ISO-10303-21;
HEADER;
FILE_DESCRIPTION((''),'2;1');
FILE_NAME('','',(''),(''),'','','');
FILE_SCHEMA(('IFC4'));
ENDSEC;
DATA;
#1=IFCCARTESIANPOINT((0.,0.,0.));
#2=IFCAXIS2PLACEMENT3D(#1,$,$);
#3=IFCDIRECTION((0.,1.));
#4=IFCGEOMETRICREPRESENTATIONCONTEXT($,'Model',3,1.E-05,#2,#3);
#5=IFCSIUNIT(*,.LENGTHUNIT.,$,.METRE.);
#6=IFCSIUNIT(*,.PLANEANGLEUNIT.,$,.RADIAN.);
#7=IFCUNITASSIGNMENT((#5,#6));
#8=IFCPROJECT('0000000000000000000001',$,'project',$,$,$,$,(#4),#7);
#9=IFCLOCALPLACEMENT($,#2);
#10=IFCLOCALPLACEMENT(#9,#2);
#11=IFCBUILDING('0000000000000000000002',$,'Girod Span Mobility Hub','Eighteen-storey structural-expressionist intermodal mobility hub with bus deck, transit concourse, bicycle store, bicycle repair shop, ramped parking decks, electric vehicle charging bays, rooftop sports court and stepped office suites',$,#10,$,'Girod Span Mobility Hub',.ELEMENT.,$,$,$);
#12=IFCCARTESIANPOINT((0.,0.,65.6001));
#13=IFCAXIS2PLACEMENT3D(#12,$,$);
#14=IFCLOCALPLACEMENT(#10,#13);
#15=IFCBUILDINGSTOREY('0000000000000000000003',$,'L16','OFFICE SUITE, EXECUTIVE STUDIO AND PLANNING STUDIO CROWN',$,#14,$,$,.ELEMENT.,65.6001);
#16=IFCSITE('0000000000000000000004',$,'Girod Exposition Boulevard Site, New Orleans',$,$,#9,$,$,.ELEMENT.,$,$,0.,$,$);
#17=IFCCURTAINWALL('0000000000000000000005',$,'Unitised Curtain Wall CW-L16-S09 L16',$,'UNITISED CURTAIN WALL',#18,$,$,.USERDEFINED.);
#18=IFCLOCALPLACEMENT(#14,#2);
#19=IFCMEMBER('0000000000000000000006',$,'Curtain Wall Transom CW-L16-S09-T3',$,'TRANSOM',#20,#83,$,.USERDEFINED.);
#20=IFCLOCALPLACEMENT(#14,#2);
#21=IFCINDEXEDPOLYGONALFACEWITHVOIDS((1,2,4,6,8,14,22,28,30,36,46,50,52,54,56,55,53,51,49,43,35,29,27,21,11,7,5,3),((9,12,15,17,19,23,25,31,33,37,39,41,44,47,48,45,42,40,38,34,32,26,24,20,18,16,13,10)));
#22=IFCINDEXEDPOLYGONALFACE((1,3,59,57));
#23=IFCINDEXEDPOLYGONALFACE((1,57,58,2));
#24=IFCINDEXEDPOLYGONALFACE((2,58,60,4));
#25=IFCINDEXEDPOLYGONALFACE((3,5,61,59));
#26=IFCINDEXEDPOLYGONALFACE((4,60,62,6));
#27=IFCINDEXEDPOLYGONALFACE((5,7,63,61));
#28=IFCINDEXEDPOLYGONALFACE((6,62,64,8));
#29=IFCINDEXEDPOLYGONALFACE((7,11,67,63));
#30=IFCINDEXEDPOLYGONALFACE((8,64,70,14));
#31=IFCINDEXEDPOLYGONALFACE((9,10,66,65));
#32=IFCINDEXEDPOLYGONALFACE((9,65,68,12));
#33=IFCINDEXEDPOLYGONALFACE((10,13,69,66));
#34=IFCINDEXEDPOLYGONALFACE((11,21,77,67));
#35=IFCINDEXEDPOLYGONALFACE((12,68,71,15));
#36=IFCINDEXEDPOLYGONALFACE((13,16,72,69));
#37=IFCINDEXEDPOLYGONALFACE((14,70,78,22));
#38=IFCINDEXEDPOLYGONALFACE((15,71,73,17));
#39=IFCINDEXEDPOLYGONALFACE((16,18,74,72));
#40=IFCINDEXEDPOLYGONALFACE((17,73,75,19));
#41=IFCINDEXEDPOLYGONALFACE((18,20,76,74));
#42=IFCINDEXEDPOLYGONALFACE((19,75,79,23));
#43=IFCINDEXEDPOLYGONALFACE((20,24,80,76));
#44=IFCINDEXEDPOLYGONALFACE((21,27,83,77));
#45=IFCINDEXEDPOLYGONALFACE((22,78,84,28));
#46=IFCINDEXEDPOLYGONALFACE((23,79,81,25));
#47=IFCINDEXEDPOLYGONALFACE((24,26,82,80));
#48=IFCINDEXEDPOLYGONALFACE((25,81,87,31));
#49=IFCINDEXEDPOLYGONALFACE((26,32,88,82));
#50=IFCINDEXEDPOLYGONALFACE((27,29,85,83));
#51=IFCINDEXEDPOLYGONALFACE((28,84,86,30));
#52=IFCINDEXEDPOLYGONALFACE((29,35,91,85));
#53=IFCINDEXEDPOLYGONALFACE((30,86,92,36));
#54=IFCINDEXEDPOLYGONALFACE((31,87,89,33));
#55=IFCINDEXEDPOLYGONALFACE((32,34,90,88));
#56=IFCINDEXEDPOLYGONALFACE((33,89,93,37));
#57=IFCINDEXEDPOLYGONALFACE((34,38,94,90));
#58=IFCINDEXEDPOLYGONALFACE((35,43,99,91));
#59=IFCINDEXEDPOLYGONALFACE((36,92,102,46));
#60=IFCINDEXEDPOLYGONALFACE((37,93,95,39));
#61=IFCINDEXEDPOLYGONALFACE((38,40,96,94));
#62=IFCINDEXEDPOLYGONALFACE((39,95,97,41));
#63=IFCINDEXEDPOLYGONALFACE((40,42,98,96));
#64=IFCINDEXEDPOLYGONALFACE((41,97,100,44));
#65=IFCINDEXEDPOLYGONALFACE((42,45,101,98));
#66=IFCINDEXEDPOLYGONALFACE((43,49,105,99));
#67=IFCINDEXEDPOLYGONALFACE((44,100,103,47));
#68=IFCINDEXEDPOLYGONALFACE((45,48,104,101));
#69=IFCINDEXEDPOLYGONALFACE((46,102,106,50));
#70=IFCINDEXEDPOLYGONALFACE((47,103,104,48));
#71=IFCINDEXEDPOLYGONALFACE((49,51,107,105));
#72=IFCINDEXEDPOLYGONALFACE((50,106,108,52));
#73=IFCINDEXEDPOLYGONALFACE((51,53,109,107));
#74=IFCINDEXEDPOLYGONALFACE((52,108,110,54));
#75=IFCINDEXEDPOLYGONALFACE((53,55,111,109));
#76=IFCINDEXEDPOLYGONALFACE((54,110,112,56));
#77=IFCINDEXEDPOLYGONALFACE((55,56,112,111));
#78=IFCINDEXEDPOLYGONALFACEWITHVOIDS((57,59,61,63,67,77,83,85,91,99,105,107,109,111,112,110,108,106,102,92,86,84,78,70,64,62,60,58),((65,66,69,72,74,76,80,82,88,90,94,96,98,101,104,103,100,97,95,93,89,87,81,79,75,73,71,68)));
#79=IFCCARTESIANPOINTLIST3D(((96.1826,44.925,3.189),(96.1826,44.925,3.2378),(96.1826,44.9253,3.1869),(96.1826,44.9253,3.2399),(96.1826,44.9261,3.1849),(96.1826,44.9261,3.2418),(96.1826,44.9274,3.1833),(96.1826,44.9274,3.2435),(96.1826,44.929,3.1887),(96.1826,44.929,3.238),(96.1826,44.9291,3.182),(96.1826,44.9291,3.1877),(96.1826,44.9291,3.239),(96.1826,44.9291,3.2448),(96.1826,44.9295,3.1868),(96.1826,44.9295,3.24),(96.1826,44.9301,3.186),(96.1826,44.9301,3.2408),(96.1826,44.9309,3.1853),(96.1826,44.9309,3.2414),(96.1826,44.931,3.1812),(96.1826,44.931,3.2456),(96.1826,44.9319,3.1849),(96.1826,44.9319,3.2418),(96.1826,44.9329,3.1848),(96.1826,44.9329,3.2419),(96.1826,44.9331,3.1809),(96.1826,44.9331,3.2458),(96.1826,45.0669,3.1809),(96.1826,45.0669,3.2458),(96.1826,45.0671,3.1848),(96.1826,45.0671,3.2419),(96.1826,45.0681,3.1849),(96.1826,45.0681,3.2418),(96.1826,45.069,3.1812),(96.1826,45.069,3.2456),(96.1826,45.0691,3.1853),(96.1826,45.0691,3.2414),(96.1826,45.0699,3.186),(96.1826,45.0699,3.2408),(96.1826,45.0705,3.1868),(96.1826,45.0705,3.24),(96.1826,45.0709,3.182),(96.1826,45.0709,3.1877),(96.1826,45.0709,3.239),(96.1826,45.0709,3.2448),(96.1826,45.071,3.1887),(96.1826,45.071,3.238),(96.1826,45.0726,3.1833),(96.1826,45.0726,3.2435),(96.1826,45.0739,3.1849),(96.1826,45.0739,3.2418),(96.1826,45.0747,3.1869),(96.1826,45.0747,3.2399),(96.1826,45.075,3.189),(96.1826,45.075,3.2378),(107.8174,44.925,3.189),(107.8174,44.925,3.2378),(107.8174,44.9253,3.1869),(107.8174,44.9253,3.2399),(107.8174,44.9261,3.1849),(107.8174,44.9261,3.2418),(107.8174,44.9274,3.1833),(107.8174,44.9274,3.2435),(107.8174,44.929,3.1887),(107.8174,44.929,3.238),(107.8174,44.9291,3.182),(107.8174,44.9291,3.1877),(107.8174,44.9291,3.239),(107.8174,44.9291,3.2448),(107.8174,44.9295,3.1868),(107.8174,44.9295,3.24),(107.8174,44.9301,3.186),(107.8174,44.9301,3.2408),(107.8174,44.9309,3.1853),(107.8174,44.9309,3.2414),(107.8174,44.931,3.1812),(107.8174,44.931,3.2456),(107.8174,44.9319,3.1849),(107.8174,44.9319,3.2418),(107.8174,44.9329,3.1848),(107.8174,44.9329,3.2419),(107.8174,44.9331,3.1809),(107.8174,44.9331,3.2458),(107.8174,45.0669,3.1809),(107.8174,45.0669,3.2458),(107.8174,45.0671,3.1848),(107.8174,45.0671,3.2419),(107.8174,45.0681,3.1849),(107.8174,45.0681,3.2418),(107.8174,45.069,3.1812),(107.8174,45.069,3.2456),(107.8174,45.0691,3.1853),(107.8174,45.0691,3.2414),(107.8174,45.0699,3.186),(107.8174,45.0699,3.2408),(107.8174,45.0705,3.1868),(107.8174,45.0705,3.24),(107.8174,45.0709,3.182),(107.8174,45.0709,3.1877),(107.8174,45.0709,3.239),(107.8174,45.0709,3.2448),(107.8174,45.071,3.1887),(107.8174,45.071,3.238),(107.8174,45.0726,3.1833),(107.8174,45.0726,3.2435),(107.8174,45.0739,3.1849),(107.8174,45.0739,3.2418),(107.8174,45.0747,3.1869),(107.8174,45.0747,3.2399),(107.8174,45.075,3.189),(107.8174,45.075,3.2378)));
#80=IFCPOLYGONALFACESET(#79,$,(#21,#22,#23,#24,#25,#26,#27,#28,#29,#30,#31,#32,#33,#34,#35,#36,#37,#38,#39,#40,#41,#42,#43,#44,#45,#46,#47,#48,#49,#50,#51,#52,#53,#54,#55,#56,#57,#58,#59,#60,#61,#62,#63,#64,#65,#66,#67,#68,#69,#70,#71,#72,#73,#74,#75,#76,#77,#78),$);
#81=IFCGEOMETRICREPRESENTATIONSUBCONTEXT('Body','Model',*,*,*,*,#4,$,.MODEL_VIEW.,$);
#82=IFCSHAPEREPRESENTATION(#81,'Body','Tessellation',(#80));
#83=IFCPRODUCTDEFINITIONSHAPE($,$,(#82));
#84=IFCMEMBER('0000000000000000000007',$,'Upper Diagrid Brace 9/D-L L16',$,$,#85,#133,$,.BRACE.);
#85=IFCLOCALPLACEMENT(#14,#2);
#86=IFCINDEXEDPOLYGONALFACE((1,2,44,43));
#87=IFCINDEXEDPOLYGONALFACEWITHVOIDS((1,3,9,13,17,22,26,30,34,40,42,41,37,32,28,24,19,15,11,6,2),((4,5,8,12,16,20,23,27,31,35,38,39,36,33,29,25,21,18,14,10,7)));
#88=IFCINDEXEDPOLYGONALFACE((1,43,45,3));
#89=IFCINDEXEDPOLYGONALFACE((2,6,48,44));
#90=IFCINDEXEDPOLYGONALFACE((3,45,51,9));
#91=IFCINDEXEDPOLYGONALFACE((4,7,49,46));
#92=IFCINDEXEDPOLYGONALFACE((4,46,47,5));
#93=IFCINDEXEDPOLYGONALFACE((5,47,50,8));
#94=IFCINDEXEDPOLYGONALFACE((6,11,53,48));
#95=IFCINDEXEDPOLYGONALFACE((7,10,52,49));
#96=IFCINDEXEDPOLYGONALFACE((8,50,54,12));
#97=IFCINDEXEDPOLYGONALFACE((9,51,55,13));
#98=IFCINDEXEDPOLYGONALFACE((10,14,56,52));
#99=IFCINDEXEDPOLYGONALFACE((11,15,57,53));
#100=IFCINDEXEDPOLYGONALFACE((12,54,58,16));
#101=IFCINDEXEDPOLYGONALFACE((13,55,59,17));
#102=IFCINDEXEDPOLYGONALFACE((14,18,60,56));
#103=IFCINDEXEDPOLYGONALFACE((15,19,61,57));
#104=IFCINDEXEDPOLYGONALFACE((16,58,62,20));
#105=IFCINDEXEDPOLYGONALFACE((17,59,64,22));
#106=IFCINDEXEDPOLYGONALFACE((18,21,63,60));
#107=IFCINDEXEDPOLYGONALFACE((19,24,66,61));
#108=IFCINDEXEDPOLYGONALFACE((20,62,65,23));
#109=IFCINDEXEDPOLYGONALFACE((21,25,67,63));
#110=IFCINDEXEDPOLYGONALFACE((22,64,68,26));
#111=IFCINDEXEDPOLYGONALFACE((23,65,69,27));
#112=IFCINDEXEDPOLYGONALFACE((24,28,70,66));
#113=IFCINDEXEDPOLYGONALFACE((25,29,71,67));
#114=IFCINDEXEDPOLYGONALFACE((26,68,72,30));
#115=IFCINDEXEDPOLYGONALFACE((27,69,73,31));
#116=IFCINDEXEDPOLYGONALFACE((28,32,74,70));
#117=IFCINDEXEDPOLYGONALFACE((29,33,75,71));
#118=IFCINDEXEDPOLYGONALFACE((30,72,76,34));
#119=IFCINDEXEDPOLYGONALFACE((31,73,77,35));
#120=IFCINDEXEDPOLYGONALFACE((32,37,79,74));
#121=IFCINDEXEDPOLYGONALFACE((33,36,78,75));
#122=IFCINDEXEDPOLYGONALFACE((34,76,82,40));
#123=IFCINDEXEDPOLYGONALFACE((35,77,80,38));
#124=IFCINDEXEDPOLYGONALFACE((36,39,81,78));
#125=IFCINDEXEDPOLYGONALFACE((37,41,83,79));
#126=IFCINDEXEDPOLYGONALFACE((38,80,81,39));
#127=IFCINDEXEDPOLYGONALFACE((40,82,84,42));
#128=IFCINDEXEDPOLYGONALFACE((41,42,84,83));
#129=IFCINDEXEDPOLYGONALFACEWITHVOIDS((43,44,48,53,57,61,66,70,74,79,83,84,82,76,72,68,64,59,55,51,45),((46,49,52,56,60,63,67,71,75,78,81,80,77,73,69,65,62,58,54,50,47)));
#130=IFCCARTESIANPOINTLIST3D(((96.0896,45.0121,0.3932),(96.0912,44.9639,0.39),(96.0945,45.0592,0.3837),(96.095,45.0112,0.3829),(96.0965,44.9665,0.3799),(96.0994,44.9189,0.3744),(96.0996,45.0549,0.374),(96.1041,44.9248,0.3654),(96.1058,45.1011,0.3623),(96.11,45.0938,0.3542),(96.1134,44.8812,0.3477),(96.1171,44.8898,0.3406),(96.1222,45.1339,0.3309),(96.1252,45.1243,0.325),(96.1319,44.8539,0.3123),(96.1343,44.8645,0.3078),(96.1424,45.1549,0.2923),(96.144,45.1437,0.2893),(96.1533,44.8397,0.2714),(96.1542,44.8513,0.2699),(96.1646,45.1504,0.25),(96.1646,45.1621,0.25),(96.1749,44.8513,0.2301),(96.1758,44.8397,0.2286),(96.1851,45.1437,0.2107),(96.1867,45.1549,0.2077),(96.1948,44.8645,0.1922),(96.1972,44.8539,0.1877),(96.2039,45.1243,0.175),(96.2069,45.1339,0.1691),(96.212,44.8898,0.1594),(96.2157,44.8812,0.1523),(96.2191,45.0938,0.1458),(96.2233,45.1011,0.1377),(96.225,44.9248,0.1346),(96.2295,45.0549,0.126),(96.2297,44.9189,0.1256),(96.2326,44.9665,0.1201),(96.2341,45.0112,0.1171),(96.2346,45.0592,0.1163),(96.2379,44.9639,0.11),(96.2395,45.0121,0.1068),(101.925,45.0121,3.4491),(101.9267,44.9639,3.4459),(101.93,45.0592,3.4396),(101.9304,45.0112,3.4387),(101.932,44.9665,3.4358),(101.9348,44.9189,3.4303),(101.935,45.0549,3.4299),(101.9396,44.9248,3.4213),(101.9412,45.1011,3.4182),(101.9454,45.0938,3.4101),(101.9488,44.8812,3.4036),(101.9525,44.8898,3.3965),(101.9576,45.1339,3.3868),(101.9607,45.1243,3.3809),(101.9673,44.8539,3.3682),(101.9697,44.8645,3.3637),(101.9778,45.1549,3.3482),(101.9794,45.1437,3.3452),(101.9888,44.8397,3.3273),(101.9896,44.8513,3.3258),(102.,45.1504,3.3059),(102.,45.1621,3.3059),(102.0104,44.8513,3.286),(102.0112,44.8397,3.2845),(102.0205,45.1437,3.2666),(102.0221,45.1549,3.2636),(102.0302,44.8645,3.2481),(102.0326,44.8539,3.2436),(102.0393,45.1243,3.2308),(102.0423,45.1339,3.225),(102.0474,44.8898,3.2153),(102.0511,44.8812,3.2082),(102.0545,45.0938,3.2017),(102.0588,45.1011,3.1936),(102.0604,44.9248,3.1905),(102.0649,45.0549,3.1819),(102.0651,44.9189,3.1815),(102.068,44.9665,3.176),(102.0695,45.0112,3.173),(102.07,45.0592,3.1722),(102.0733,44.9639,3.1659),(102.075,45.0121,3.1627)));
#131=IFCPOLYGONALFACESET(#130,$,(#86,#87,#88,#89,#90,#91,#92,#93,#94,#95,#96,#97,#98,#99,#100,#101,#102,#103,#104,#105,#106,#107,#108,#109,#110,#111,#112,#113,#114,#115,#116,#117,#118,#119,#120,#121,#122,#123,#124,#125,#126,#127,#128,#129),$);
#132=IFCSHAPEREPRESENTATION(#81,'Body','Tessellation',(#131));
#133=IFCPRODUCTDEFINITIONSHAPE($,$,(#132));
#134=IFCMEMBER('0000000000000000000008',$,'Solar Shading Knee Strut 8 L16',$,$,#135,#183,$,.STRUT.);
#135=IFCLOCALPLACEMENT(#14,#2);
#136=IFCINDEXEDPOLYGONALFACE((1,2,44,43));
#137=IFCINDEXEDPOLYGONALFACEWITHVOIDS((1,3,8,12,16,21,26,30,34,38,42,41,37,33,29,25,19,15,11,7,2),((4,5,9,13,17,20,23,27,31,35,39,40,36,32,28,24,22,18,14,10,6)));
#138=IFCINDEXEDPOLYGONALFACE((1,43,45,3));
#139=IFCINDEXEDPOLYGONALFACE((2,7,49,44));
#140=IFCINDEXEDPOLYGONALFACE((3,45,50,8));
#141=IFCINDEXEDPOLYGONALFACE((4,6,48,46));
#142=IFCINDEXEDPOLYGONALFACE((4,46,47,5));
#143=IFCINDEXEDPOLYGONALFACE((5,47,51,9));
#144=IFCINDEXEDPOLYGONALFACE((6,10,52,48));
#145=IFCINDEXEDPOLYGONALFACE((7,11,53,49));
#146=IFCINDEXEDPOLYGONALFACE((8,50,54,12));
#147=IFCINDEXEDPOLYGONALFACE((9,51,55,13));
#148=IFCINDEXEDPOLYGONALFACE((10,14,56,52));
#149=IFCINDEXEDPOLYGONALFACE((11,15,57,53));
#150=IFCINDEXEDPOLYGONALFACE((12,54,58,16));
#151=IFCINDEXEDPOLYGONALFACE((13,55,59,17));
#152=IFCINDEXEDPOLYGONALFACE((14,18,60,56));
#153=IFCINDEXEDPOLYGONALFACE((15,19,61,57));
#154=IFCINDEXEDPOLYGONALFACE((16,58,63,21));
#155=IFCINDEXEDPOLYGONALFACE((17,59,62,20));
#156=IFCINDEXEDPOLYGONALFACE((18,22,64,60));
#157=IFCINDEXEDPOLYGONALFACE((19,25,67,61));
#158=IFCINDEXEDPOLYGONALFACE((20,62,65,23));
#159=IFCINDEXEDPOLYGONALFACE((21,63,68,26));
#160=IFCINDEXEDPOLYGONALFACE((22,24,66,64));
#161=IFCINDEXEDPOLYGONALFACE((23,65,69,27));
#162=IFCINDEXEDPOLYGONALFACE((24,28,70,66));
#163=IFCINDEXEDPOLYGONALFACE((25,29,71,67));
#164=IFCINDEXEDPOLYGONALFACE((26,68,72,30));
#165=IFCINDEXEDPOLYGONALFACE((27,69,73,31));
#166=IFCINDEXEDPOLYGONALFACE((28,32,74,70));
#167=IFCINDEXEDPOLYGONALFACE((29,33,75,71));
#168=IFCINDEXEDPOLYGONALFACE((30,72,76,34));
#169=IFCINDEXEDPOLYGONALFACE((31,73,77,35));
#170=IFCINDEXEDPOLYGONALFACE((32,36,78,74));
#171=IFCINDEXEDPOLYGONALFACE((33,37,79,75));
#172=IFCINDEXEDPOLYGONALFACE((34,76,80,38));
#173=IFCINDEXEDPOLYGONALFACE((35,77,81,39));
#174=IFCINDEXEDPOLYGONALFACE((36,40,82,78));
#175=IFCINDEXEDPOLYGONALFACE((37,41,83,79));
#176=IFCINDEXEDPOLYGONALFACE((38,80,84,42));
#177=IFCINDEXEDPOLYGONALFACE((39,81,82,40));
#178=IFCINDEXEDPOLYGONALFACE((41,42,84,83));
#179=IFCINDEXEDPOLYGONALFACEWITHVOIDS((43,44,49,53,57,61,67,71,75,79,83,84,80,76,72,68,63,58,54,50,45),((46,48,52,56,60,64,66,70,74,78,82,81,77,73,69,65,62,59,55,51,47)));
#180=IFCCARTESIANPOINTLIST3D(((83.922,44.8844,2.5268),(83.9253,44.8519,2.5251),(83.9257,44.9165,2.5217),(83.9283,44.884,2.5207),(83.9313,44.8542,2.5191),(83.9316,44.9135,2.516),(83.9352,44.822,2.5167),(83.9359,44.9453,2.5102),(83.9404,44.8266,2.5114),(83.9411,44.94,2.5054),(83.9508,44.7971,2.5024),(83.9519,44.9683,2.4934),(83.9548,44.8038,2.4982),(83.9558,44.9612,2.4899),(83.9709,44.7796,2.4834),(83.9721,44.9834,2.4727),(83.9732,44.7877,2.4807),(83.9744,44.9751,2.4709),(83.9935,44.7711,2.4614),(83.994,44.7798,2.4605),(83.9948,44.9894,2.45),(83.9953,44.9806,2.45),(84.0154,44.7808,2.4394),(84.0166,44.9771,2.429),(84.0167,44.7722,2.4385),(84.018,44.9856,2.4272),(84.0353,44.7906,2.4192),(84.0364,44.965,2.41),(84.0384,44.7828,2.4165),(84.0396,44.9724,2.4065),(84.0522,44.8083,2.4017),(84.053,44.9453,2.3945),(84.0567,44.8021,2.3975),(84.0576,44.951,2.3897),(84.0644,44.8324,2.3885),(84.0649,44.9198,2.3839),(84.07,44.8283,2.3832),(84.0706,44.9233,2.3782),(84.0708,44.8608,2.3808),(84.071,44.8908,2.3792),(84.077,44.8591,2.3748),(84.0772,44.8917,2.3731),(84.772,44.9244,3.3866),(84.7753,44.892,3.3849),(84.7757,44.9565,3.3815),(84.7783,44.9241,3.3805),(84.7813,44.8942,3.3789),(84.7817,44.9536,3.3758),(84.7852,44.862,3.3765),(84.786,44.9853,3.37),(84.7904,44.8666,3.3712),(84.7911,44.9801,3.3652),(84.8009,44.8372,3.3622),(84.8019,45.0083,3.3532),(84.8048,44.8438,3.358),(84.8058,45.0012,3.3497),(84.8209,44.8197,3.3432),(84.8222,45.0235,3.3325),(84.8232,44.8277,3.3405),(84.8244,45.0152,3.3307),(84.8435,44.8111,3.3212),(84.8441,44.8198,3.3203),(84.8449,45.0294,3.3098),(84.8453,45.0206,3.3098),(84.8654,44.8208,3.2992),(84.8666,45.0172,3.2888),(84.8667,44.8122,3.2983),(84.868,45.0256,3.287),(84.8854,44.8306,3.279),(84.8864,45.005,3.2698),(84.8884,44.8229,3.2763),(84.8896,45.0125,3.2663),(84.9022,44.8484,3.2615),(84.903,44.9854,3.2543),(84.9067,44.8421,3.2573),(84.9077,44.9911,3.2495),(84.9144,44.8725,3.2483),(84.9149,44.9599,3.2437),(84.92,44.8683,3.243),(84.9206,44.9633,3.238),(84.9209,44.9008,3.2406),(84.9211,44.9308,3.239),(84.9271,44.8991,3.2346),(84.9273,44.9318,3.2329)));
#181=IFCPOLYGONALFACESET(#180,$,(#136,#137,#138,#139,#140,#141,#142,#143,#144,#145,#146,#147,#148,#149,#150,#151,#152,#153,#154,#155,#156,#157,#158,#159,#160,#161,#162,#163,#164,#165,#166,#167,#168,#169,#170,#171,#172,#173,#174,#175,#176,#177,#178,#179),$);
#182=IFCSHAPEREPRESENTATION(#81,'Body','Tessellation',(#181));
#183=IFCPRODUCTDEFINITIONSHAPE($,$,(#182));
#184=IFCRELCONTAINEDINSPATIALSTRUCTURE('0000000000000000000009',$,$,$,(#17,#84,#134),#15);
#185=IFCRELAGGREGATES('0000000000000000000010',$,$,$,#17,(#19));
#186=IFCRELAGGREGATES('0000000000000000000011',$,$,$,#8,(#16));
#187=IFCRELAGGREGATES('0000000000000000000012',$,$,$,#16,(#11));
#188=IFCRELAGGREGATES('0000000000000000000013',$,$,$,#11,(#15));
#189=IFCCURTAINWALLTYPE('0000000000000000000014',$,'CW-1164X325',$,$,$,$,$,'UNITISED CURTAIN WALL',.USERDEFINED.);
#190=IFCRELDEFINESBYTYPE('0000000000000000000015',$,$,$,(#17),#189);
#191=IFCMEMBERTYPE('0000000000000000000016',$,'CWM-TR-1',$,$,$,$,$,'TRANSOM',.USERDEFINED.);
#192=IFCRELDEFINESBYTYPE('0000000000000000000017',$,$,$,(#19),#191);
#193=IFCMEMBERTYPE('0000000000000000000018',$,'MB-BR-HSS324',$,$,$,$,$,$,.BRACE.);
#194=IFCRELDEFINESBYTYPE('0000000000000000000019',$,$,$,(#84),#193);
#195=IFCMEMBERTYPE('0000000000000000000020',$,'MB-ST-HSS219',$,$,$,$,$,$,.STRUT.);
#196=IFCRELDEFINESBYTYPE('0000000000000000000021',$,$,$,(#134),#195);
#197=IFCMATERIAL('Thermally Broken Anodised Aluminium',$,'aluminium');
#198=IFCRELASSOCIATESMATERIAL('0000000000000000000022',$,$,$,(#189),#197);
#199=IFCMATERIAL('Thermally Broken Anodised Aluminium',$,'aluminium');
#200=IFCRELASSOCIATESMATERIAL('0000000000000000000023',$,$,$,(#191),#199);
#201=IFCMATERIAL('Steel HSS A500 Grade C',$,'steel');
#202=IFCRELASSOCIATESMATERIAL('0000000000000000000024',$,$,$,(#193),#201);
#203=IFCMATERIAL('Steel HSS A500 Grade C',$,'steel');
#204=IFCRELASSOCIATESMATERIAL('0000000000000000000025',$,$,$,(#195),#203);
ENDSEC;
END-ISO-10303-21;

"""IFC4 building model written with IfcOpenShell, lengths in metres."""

from ifc_helpers import new_model, si_unit, direction, frame, origin, origin_2d, place, context, subcontext, project, spatial, hollow_rectangle, hollow_circle, extrude, material, material_profile, profile_set, type_object, element, aggregate, save


model = new_model("IFC4")

# Units and contexts
model_context = context("Model", 3, precision=1e-05, world=origin(), true_north=direction((0.0, 1.0)))
body_context = subcontext(model_context, "Body", "Model", "MODEL_VIEW")
ifc_project = project(units=[si_unit("LENGTHUNIT", "METRE"), si_unit("PLANEANGLEUNIT", "RADIAN")], contexts=[model_context])

# Site, building, storey
site_placement = place(None, origin())
site = spatial("IfcSite", under=ifc_project, at=site_placement, Name="Girod Exposition Boulevard Site, New Orleans", CompositionType="ELEMENT", RefElevation=0.0)
building_placement = place(site_placement, origin())
building = spatial("IfcBuilding", under=site, at=building_placement, Name="Girod Span Mobility Hub", Description="Eighteen-storey structural-expressionist intermodal mobility hub with bus deck, transit concourse, bicycle store, bicycle repair shop, ramped parking decks, electric vehicle charging bays, rooftop sports court and stepped office suites", LongName="Girod Span Mobility Hub", CompositionType="ELEMENT")
storey_placement = place(building_placement, frame((0.0, 0.0, 65.6001)))
storey = spatial("IfcBuildingStorey", under=building, at=storey_placement, Name="L16", Description="OFFICE SUITE, EXECUTIVE STUDIO AND PLANNING STUDIO CROWN", CompositionType="ELEMENT", Elevation=65.6001)

# Shared definitions
ifc_material_1 = material(Name="Thermally Broken Anodised Aluminium", Category="aluminium")
curtain_wall_type = type_object("IfcCurtainWallType", Name="CW-1164X325", ElementType="UNITISED CURTAIN WALL", PredefinedType="USERDEFINED", material=ifc_material_1)

# Curtain wall, member
ifc_material_2 = material(Name="Thermally Broken Anodised Aluminium", Category="aluminium")
ifc_material_profile_1 = material_profile(ifc_material_2, hollow_rectangle(XDim=0.1499, YDim=0.0649, WallThickness=0.0039, InnerFilletRadius=0.0039, OuterFilletRadius=0.0081, at=origin_2d()), Name="CW-TR-65X150")
ifc_profile_set_1 = profile_set([ifc_material_profile_1], Name="Thermally Broken Anodised Aluminium")
member_type_1 = type_object("IfcMemberType", Name="CWM-TR-1", ElementType="TRANSOM", PredefinedType="USERDEFINED", material=ifc_profile_set_1)
curtain_wall_1_placement = place(storey_placement, origin())
curtain_wall_1 = element("IfcCurtainWall", 1, at=curtain_wall_1_placement, inside=storey, type_object=curtain_wall_type, Name="Unitised Curtain Wall CW-L16-S09 L16", ObjectType="UNITISED CURTAIN WALL", PredefinedType="USERDEFINED")
member_1_placement = place(storey_placement, frame((96.1826, 45.0, 3.2134), z_axis=(1.0, 0.0, 0.0), x_axis=(0.0, 1.0, 0.0)))
member_1 = element("IfcMember", 2, at=member_1_placement, type_object=member_type_1, Name="Curtain Wall Transom CW-L16-S09-T3", ObjectType="TRANSOM", PredefinedType="USERDEFINED", context=body_context, shape_type="SweptSolid", body=[
    extrude(hollow_rectangle(XDim=0.1499, YDim=0.0649, WallThickness=0.0039, InnerFilletRadius=0.0039, OuterFilletRadius=0.0081, at=origin_2d()), origin(), (0.0, 0.0, 1.0), 11.6348),
])
aggregate(curtain_wall_1, [member_1])

# Members
ifc_material_3 = material(Name="Steel HSS A500 Grade C", Category="steel")
ifc_material_profile_2 = material_profile(ifc_material_3, hollow_circle(Radius=0.1621, WallThickness=0.0117, at=origin_2d()), Name="HSS324X12.7")
ifc_profile_set_2 = profile_set([ifc_material_profile_2], Name="Steel HSS A500 Grade C")
member_type_2 = type_object("IfcMemberType", Name="MB-BR-HSS324", PredefinedType="BRACE", material=ifc_profile_set_2)
member_2_placement = place(storey_placement, frame((96.1646, 45.0, 0.25), z_axis=(0.885879, 0.0, 0.463917), x_axis=(0.0, 1.0, 0.0)))
element("IfcMember", 3, at=member_2_placement, inside=storey, type_object=member_type_2, Name="Upper Diagrid Brace 9/D-L L16", PredefinedType="BRACE", context=body_context, shape_type="SweptSolid", body=[
    extrude(hollow_circle(Radius=0.1621, WallThickness=0.0117, at=origin_2d()), origin(), (0.0, 0.0, 1.0), 6.5872),
])
ifc_material_4 = material(Name="Steel HSS A500 Grade C", Category="steel")
ifc_material_profile_3 = material_profile(ifc_material_4, hollow_circle(Radius=0.1096, WallThickness=0.0088, at=origin_2d()), Name="HSS219X9.5")
ifc_profile_set_3 = profile_set([ifc_material_profile_3], Name="Steel HSS A500 Grade C")
member_type_3 = type_object("IfcMemberType", Name="MB-ST-HSS219", PredefinedType="STRUT", material=ifc_profile_set_3)
for number, where, z_axis, x_axis, name in (
    (4, (84.0, 44.8799, 2.45), (0.702672, 0.033095, 0.710744), (-0.047047, 0.998893, 0.0), "Solar Shading Knee Strut 8 L16"),
):
    element("IfcMember", number, at=place(storey_placement, frame(where, z_axis=z_axis, x_axis=x_axis)), inside=storey, type_object=member_type_3, Name=name, PredefinedType="STRUT", context=body_context, shape_type="SweptSolid", body=[
        extrude(hollow_circle(Radius=0.1096, WallThickness=0.0088, at=origin_2d()), origin(), (0.0, 0.0, 1.0), 1.2097),
    ])

save(model, "model.ifc")
